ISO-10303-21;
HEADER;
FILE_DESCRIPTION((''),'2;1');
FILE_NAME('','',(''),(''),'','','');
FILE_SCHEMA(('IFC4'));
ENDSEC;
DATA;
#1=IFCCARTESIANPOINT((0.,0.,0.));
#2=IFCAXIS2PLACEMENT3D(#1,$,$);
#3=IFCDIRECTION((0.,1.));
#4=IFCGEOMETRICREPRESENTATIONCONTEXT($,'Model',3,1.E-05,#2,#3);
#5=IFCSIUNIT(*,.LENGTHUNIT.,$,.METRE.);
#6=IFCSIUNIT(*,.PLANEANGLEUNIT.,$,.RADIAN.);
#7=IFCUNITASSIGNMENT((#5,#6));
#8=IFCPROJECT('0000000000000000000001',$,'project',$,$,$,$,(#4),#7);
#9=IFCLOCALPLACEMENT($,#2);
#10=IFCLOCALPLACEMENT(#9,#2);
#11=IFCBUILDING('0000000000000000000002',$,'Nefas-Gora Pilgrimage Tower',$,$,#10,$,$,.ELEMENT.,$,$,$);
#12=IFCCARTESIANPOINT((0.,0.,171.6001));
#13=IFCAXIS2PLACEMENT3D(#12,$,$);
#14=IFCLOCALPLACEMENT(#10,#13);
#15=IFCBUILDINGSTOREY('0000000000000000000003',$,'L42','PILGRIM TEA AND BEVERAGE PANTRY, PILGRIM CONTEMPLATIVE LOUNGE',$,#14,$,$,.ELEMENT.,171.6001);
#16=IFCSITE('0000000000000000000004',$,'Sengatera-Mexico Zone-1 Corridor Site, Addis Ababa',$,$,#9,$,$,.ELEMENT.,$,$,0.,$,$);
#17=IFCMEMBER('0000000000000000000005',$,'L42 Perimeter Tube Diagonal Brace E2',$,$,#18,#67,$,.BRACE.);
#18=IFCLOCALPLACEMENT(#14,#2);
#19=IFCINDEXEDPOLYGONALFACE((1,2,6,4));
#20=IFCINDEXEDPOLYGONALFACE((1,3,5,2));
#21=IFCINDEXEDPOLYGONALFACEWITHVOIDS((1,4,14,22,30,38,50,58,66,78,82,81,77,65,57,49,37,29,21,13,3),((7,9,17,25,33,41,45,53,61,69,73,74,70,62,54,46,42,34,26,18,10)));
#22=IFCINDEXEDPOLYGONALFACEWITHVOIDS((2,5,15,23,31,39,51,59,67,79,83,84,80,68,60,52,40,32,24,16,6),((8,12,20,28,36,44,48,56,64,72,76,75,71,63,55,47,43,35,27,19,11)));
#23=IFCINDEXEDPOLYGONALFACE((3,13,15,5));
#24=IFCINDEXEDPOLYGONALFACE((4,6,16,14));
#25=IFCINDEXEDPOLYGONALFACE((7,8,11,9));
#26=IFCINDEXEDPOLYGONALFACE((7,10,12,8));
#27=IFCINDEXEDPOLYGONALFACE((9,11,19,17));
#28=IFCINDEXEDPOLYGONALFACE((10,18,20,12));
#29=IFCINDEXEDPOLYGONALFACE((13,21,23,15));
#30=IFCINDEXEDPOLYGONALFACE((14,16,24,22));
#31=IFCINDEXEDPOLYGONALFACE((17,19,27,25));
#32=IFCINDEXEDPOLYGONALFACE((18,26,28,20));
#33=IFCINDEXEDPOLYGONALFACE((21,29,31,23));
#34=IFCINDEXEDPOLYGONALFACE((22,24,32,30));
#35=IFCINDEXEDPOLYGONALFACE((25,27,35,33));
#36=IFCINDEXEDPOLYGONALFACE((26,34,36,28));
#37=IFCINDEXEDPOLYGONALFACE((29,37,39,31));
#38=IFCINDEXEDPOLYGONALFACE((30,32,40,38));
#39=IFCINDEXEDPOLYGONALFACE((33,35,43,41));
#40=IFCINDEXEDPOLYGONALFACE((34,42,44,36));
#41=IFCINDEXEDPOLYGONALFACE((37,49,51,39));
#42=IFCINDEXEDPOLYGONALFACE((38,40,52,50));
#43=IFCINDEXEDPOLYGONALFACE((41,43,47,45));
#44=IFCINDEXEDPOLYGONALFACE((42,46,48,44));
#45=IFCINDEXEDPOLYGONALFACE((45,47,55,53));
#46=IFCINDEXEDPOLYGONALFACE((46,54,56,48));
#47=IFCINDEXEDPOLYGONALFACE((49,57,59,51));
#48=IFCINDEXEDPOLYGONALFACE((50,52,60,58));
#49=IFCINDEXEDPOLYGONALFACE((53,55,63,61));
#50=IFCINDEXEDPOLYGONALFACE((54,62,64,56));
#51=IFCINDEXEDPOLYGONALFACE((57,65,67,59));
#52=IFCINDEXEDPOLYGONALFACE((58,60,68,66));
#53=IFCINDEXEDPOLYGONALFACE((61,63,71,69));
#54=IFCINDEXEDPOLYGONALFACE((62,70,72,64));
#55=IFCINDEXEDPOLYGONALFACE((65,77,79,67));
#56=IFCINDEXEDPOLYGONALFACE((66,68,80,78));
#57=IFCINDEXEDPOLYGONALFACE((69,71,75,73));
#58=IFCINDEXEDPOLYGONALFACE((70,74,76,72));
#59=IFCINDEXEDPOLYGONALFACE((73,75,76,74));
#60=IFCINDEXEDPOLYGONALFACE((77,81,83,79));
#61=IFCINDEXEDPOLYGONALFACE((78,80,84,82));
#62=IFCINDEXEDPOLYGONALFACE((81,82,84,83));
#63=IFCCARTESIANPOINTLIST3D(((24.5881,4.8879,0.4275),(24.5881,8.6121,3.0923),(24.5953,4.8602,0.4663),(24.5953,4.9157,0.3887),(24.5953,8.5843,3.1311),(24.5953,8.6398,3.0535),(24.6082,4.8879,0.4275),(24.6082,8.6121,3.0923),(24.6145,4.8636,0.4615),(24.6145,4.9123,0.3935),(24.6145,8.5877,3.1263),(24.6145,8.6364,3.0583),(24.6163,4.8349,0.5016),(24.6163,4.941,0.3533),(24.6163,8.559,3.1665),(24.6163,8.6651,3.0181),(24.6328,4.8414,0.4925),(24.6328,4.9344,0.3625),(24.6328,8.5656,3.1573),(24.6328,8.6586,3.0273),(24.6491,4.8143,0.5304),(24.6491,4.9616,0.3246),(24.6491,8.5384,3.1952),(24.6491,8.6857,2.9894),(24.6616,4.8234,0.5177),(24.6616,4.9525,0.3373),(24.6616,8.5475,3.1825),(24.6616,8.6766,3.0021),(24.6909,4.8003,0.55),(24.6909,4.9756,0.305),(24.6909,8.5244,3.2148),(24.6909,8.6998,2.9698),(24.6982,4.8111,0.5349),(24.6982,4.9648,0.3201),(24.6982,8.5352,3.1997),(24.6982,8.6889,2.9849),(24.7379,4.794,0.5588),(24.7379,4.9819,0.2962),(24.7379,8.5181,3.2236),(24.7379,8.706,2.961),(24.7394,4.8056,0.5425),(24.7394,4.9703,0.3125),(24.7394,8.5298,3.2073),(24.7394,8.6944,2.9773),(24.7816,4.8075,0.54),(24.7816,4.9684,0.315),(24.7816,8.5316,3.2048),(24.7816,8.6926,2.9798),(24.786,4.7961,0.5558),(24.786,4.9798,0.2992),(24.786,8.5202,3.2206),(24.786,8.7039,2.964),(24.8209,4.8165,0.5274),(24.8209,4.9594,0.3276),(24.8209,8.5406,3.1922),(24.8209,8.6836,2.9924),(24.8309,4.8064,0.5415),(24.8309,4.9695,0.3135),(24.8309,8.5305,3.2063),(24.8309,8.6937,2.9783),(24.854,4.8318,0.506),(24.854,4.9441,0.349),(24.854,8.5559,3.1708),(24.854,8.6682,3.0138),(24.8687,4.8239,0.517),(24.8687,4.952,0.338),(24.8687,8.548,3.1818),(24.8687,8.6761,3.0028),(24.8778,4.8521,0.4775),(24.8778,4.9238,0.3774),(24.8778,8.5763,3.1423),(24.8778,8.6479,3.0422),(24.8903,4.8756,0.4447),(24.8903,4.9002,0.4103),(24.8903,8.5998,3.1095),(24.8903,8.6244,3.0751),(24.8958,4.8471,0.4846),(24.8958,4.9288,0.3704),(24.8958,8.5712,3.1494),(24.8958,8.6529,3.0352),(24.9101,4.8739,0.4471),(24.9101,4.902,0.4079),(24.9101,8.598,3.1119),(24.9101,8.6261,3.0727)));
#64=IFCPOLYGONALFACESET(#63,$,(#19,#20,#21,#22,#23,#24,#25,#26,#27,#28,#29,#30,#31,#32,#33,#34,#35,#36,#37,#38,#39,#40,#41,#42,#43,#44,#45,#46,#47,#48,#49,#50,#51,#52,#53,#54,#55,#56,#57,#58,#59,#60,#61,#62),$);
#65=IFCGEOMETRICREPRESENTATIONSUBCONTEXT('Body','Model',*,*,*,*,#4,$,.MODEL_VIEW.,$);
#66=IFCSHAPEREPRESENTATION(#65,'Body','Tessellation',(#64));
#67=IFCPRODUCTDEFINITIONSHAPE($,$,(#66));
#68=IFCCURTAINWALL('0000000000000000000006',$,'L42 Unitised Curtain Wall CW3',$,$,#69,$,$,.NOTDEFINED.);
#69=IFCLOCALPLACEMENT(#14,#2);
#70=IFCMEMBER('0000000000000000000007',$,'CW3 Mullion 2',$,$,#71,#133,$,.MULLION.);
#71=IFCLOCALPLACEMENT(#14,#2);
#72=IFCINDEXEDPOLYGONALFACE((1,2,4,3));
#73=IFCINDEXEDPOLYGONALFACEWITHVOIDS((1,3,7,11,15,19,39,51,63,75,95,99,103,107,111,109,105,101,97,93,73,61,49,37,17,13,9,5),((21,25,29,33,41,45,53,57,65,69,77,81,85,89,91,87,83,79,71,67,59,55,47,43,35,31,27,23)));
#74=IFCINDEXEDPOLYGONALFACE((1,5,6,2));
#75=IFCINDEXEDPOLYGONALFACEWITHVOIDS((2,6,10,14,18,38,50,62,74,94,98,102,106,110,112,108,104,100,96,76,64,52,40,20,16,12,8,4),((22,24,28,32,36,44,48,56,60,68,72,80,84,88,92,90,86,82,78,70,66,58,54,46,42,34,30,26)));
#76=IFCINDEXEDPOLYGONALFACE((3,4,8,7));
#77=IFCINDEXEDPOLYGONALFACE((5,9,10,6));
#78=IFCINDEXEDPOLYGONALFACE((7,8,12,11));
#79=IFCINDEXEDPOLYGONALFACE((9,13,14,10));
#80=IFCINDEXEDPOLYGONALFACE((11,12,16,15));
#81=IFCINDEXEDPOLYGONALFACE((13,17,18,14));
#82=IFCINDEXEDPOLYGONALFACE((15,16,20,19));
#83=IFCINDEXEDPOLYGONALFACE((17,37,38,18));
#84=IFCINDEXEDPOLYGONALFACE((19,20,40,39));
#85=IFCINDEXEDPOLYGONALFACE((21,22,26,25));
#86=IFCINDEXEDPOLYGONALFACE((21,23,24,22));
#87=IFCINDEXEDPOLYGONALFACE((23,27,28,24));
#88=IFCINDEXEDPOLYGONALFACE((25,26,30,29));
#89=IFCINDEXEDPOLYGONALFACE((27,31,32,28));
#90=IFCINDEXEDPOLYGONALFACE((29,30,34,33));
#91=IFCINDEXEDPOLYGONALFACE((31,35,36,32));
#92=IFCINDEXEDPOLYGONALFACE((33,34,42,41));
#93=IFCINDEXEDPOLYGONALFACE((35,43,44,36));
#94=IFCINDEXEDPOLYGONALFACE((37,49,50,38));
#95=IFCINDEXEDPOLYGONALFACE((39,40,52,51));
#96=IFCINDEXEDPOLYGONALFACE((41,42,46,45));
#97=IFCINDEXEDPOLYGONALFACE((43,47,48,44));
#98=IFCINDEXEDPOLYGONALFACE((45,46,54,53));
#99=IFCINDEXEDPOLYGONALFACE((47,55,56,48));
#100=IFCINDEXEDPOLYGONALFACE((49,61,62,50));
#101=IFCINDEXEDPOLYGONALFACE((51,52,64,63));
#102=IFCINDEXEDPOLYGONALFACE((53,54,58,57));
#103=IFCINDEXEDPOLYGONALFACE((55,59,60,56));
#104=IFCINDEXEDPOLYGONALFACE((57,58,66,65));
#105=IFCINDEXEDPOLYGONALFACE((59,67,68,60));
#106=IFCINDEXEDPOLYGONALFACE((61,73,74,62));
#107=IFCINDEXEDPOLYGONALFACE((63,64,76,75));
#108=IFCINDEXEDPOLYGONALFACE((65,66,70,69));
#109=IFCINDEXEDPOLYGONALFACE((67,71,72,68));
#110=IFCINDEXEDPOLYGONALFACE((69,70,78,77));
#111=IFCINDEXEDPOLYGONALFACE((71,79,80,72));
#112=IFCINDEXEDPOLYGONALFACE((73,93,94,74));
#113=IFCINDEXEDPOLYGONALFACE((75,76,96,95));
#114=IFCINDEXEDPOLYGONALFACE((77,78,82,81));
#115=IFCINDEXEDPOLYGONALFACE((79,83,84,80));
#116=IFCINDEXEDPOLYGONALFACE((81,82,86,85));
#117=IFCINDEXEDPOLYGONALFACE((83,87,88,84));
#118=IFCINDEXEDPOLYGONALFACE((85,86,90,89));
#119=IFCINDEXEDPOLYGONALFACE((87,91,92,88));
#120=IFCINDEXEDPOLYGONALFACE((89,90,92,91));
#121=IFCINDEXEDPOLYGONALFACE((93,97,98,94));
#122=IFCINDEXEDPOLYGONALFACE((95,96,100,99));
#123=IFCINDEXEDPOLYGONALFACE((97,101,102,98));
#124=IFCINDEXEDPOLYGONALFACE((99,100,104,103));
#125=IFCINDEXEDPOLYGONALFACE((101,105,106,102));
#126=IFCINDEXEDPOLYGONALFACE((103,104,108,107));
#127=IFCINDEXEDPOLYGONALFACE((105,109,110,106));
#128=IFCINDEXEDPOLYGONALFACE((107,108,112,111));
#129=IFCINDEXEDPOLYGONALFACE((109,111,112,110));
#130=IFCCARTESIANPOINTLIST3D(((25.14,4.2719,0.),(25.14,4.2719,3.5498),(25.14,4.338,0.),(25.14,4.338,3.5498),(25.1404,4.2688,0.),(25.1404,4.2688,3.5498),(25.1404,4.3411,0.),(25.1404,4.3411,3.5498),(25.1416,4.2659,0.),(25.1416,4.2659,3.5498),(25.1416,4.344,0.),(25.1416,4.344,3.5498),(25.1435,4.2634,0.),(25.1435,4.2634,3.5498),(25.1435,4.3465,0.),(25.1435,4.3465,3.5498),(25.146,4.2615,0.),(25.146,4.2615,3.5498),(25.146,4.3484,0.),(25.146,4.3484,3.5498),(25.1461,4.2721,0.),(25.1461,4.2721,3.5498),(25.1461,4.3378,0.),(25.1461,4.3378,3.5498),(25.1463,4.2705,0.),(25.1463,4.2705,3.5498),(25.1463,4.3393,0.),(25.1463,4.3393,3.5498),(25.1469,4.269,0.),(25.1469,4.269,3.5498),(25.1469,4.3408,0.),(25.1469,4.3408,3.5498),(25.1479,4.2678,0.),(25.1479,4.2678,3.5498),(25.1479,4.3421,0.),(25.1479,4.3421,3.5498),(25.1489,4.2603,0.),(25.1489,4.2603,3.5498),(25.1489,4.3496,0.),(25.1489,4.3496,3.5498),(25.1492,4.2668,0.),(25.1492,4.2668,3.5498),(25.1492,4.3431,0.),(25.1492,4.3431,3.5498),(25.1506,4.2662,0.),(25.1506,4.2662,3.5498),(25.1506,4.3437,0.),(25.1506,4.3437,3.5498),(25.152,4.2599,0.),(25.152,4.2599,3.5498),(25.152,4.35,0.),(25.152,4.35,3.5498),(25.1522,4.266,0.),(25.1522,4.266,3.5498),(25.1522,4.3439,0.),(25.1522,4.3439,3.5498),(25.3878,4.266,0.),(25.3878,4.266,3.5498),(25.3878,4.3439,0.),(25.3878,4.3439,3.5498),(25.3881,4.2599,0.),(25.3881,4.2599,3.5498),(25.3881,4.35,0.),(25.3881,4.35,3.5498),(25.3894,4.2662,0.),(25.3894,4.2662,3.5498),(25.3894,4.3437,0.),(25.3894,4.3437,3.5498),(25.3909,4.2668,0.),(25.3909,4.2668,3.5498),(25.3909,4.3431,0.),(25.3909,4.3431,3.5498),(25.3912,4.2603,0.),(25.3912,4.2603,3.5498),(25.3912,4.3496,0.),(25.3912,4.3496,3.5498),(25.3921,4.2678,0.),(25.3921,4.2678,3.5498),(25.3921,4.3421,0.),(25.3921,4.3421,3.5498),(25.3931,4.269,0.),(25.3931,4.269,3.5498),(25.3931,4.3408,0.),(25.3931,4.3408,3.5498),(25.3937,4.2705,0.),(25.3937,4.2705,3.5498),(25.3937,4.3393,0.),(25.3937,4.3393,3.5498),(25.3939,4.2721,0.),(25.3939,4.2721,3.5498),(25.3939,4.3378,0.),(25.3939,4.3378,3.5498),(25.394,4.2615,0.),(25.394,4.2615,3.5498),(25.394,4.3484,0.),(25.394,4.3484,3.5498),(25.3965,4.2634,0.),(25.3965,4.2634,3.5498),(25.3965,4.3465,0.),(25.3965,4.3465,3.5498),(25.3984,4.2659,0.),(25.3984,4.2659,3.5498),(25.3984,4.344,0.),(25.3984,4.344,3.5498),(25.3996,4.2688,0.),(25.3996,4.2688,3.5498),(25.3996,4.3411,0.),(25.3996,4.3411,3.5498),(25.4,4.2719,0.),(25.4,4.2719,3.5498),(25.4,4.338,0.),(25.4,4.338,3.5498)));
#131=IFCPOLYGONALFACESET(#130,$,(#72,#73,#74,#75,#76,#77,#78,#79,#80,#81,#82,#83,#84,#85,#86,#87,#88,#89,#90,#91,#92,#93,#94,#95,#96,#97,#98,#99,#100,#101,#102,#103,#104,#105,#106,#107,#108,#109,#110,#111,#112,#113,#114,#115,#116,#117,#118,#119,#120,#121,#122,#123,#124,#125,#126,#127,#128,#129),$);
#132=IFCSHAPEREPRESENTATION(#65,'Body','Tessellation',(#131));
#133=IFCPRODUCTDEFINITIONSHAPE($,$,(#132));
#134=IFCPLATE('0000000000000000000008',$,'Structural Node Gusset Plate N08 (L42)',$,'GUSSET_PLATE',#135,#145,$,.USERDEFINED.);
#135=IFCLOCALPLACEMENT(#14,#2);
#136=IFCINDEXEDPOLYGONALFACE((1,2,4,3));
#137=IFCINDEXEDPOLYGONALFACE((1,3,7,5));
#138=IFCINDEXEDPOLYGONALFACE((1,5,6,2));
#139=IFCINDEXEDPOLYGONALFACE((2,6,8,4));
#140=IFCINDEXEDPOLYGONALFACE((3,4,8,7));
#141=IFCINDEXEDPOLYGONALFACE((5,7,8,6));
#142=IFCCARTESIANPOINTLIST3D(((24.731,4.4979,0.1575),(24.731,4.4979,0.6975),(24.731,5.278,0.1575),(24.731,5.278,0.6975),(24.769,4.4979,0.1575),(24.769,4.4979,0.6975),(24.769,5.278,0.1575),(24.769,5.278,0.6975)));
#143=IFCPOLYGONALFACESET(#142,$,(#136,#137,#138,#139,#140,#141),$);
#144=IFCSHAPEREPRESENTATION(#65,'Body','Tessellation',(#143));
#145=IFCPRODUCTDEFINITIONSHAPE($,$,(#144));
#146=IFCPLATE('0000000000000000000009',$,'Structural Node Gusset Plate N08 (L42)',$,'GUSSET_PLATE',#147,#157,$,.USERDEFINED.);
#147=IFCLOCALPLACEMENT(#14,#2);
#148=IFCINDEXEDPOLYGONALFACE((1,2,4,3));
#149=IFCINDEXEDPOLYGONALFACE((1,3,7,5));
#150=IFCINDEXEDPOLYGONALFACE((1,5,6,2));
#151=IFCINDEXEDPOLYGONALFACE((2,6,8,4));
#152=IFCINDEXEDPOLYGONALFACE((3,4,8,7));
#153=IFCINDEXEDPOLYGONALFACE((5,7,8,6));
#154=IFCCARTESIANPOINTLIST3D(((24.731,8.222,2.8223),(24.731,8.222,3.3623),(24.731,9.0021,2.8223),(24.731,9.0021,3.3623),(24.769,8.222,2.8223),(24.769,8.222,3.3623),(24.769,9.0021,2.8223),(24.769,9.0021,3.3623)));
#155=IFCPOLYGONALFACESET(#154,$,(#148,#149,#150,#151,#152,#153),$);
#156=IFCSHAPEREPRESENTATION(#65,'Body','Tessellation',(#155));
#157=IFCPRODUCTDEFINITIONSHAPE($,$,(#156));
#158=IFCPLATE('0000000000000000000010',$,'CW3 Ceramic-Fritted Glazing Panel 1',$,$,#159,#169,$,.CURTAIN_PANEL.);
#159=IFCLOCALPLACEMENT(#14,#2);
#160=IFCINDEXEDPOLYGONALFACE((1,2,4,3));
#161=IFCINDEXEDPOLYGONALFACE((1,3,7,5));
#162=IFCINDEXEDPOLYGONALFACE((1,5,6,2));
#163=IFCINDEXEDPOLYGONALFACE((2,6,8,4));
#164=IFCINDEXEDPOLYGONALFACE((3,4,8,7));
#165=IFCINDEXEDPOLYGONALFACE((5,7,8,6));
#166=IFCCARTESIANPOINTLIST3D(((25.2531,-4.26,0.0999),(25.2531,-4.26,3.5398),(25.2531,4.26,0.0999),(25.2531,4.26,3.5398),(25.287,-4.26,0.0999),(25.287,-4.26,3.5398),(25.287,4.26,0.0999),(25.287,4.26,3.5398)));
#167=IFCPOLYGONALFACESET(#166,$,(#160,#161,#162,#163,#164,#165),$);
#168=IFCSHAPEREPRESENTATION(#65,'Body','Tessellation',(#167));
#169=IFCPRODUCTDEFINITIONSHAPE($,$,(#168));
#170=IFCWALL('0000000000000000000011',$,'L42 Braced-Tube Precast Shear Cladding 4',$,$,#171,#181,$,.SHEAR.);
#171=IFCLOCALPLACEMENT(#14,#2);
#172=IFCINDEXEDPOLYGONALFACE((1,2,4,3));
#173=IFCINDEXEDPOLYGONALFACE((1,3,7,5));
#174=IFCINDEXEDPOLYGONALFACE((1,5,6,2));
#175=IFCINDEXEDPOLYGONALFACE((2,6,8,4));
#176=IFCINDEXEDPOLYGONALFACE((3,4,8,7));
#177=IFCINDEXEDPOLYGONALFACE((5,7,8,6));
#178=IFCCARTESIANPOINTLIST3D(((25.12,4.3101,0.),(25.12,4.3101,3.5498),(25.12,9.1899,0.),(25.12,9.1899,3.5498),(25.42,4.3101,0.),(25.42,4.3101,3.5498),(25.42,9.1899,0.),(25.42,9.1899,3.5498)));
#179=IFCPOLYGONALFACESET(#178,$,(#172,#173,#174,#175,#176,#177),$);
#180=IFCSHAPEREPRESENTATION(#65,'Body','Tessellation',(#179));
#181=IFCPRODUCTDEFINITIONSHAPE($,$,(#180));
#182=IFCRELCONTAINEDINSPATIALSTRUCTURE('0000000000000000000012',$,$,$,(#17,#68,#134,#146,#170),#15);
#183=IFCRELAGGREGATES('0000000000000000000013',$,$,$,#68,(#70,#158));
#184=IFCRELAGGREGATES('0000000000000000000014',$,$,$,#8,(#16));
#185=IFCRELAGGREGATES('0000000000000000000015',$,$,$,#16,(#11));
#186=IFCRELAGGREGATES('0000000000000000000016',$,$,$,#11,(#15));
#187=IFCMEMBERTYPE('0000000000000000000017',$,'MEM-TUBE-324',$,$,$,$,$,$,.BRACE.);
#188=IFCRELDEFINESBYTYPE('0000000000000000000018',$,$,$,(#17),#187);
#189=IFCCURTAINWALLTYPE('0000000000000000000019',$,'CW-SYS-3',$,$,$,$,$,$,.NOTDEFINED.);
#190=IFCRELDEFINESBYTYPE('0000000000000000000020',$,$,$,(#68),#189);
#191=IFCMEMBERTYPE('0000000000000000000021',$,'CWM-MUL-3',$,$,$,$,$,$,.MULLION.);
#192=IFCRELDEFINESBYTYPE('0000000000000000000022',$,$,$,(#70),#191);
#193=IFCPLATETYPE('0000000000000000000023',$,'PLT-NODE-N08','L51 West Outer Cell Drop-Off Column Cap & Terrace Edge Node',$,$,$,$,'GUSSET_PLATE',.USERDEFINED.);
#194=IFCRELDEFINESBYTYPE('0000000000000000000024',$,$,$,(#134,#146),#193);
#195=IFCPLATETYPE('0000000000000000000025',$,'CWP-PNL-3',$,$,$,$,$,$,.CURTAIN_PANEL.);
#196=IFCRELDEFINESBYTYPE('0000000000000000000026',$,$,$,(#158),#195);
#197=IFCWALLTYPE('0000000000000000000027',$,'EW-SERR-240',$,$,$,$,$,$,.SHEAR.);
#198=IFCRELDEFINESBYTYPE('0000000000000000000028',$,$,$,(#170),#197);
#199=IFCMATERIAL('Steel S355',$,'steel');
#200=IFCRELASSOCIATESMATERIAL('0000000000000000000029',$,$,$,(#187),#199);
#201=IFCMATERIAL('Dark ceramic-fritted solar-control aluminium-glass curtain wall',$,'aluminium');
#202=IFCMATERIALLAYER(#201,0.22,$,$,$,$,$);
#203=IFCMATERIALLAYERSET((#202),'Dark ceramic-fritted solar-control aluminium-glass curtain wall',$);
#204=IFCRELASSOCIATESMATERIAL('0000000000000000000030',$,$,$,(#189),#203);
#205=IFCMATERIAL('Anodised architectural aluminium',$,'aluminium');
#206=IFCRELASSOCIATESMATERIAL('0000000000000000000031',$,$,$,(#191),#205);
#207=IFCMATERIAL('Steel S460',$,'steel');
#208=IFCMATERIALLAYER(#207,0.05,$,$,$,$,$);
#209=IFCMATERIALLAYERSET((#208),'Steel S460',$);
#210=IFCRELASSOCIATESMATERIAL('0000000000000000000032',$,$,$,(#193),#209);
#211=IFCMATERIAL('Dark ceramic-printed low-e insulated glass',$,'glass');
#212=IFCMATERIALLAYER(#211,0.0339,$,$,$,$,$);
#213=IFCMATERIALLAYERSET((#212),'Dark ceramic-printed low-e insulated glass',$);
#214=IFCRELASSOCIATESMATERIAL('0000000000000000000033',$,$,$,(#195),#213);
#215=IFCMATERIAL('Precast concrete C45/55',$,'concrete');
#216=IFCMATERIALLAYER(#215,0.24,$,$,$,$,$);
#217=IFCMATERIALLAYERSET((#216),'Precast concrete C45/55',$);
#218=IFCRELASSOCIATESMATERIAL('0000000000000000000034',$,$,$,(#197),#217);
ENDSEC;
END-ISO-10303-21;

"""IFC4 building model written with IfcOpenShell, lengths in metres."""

from ifc_helpers import new_model, si_unit, direction, frame, frame_2d, origin, origin_2d, place, context, subcontext, project, spatial, rectangle, hollow_rectangle, hollow_circle, extrude, source, transform, mapped, material, layer, layer_set, material_profile, profile_set, type_object, element, aggregate, save


model = new_model("IFC4")

# Units and contexts
model_context = context("Model", 3, precision=1e-05, world=origin(), true_north=direction((0.0, 1.0)))
body_context = subcontext(model_context, "Body", "Model", "MODEL_VIEW")
ifc_project = project(units=[si_unit("LENGTHUNIT", "METRE"), si_unit("PLANEANGLEUNIT", "RADIAN")], contexts=[model_context])

# Site, building, storey
site_placement = place(None, origin())
site = spatial("IfcSite", under=ifc_project, at=site_placement, Name="Sengatera-Mexico Zone-1 Corridor Site, Addis Ababa", CompositionType="ELEMENT", RefElevation=0.0)
building_placement = place(site_placement, origin())
building = spatial("IfcBuilding", under=site, at=building_placement, Name="Nefas-Gora Pilgrimage Tower", CompositionType="ELEMENT")
storey_placement = place(building_placement, frame((0.0, 0.0, 171.6001)))
storey = spatial("IfcBuildingStorey", under=building, at=storey_placement, Name="L42", Description="PILGRIM TEA AND BEVERAGE PANTRY, PILGRIM CONTEMPLATIVE LOUNGE", CompositionType="ELEMENT", Elevation=171.6001)

# Shared definitions
ifc_material_1 = material(Name="Steel S460", Category="steel")

# Shared definitions
ifc_material_2 = material(Name="Steel S355", Category="steel")

# Member
ifc_material_profile_1 = material_profile(ifc_material_2, hollow_circle(Radius=0.1619, WallThickness=0.02, at=origin_2d()), Name="CHS 323.9x20")
ifc_profile_set_1 = profile_set([ifc_material_profile_1], Name="Steel S355")
member_type_1 = type_object("IfcMemberType", Name="MEM-TUBE-324", PredefinedType="BRACE", material=ifc_profile_set_1)
shared_shape_1 = source(origin(), body_context, "Body", "SweptSolid", [
    extrude(hollow_circle(Radius=0.1619, WallThickness=0.02, at=origin_2d()), origin(), (0.0, 0.0, 1.0), 4.5793),
])
member_1_placement = place(storey_placement, frame((24.75, 4.8879, 0.4275), z_axis=(0.0, 0.813247, 0.581919), x_axis=(-1.0, 0.0, 0.0)))
element("IfcMember", 1, at=member_1_placement, inside=storey, type_object=member_type_1, Name="L42 Perimeter Tube Diagonal Brace E2", PredefinedType="BRACE", context=body_context, shape_type="MappedRepresentation", body=[
    mapped(shared_shape_1, transform((0.0, 0.0, 0.0), x_axis=(1.0, 0.0, 0.0), y_axis=(0.0, 1.0, 0.0), z_axis=(0.0, 0.0, 1.0), scale=1.0)),
])

# Curtain wall, member
ifc_material_3 = material(Name="Dark ceramic-fritted solar-control aluminium-glass curtain wall", Category="aluminium")
ifc_layer_1 = layer(ifc_material_3, 0.22)
ifc_layer_set_1 = layer_set([ifc_layer_1], Name="Dark ceramic-fritted solar-control aluminium-glass curtain wall")
curtain_wall_type = type_object("IfcCurtainWallType", Name="CW-SYS-3", PredefinedType="NOTDEFINED", material=ifc_layer_set_1)
curtain_wall_placement = place(storey_placement, origin())
curtain_wall = element("IfcCurtainWall", 2, at=curtain_wall_placement, inside=storey, type_object=curtain_wall_type, Name="L42 Unitised Curtain Wall CW3", PredefinedType="NOTDEFINED")
ifc_material_4 = material(Name="Anodised architectural aluminium", Category="aluminium")
ifc_material_profile_2 = material_profile(ifc_material_4, hollow_rectangle(XDim=0.0901, YDim=0.26, WallThickness=0.0061, InnerFilletRadius=0.0061, OuterFilletRadius=0.012, at=origin_2d()), Name="ALU MULLION 90x260")
ifc_profile_set_2 = profile_set([ifc_material_profile_2], Name="Anodised architectural aluminium")
member_type_2 = type_object("IfcMemberType", Name="CWM-MUL-3", PredefinedType="MULLION", material=ifc_profile_set_2)
shared_shape_2 = source(origin(), body_context, "Body", "SweptSolid", [
    extrude(hollow_rectangle(XDim=0.0901, YDim=0.26, WallThickness=0.0061, InnerFilletRadius=0.0061, OuterFilletRadius=0.012, at=origin_2d()), origin(), (0.0, 0.0, 1.0), 3.5498),
])
member_2_placement = place(storey_placement, frame((25.27, 4.3049, 0.0), z_axis=(0.0, 0.0, 1.0), x_axis=(0.0, 1.0, 0.0)))
member_2 = element("IfcMember", 3, at=member_2_placement, type_object=member_type_2, Name="CW3 Mullion 2", PredefinedType="MULLION", context=body_context, shape_type="MappedRepresentation", body=[
    mapped(shared_shape_2, transform((0.0, 0.0, 0.0), x_axis=(1.0, 0.0, 0.0), y_axis=(0.0, 1.0, 0.0), z_axis=(0.0, 0.0, 1.0), scale=1.0)),
])

# Plates
ifc_layer_2 = layer(ifc_material_1, 0.05)
ifc_layer_set_2 = layer_set([ifc_layer_2], Name="Steel S460")
plate_type_1 = type_object("IfcPlateType", Name="PLT-NODE-N08", Description="L51 West Outer Cell Drop-Off Column Cap & Terrace Edge Node", ElementType="GUSSET_PLATE", PredefinedType="USERDEFINED", material=ifc_layer_set_2)
shared_shape_3 = source(origin(), body_context, "Body", "SweptSolid", [
    extrude(rectangle(XDim=0.78, YDim=0.0381, at=origin_2d()), origin(), (0.0, 0.0, 1.0), 0.54),
])
for number, where, z_axis, x_axis, name in (
    (4, (24.75, 4.8879, 0.1575), (0.0, 0.0, 1.0), (0.0, 1.0, 0.0), "Structural Node Gusset Plate N08 (L42)"),
    (5, (24.75, 8.6121, 2.8223), (0.0, 0.0, 1.0), (0.0, 1.0, 0.0), "Structural Node Gusset Plate N08 (L42)"),
):
    element("IfcPlate", number, at=place(storey_placement, frame(where, z_axis=z_axis, x_axis=x_axis)), inside=storey, type_object=plate_type_1, Name=name, ObjectType="GUSSET_PLATE", PredefinedType="USERDEFINED", context=body_context, shape_type="MappedRepresentation", body=[
        mapped(shared_shape_3, transform((0.0, 0.0, 0.0), x_axis=(1.0, 0.0, 0.0), y_axis=(0.0, 1.0, 0.0), z_axis=(0.0, 0.0, 1.0), scale=1.0)),
    ])

# Plate
ifc_material_5 = material(Name="Dark ceramic-printed low-e insulated glass", Category="glass")
ifc_layer_3 = layer(ifc_material_5, 0.0339)
ifc_layer_set_3 = layer_set([ifc_layer_3], Name="Dark ceramic-printed low-e insulated glass")
plate_type_2 = type_object("IfcPlateType", Name="CWP-PNL-3", PredefinedType="CURTAIN_PANEL", material=ifc_layer_set_3)
shared_shape_4 = source(origin(), body_context, "Body", "SweptSolid", [
    extrude(rectangle(XDim=8.52, YDim=0.0339, at=origin_2d()), origin(), (0.0, 0.0, 1.0), 3.4399),
])
plate_placement = place(storey_placement, frame((25.27, 0.0, 0.0999), z_axis=(0.0, 0.0, 1.0), x_axis=(0.0, 1.0, 0.0)))
plate = element("IfcPlate", 6, at=plate_placement, type_object=plate_type_2, Name="CW3 Ceramic-Fritted Glazing Panel 1", PredefinedType="CURTAIN_PANEL", context=body_context, shape_type="MappedRepresentation", body=[
    mapped(shared_shape_4, transform((0.0, 0.0, 0.0), x_axis=(1.0, 0.0, 0.0), y_axis=(0.0, 1.0, 0.0), z_axis=(0.0, 0.0, 1.0), scale=1.0)),
])
aggregate(curtain_wall, [member_2, plate])

# Wall
ifc_material_6 = material(Name="Precast concrete C45/55", Category="concrete")
ifc_layer_4 = layer(ifc_material_6, 0.24)
ifc_layer_set_4 = layer_set([ifc_layer_4], Name="Precast concrete C45/55")
wall_type_1 = type_object("IfcWallType", Name="EW-SERR-240", PredefinedType="SHEAR", material=ifc_layer_set_4)
shared_shape_5 = source(origin(), body_context, "Body", "SweptSolid", [
    extrude(rectangle(XDim=4.8799, YDim=0.3, at=frame_2d((2.4399, 0.0))), origin(), (0.0, 0.0, 1.0), 3.5498),
])
wall_1_placement = place(storey_placement, frame((25.27, 4.3101, 0.0), z_axis=(0.0, 0.0, 1.0), x_axis=(0.0, 1.0, 0.0)))
element("IfcWall", 7, at=wall_1_placement, inside=storey, type_object=wall_type_1, Name="L42 Braced-Tube Precast Shear Cladding 4", PredefinedType="SHEAR", context=body_context, shape_type="MappedRepresentation", body=[
    mapped(shared_shape_5, transform((0.0, 0.0, 0.0), x_axis=(1.0, 0.0, 0.0), y_axis=(0.0, 1.0, 0.0), z_axis=(0.0, 0.0, 1.0), scale=1.0)),
])

save(model, "model.ifc")
